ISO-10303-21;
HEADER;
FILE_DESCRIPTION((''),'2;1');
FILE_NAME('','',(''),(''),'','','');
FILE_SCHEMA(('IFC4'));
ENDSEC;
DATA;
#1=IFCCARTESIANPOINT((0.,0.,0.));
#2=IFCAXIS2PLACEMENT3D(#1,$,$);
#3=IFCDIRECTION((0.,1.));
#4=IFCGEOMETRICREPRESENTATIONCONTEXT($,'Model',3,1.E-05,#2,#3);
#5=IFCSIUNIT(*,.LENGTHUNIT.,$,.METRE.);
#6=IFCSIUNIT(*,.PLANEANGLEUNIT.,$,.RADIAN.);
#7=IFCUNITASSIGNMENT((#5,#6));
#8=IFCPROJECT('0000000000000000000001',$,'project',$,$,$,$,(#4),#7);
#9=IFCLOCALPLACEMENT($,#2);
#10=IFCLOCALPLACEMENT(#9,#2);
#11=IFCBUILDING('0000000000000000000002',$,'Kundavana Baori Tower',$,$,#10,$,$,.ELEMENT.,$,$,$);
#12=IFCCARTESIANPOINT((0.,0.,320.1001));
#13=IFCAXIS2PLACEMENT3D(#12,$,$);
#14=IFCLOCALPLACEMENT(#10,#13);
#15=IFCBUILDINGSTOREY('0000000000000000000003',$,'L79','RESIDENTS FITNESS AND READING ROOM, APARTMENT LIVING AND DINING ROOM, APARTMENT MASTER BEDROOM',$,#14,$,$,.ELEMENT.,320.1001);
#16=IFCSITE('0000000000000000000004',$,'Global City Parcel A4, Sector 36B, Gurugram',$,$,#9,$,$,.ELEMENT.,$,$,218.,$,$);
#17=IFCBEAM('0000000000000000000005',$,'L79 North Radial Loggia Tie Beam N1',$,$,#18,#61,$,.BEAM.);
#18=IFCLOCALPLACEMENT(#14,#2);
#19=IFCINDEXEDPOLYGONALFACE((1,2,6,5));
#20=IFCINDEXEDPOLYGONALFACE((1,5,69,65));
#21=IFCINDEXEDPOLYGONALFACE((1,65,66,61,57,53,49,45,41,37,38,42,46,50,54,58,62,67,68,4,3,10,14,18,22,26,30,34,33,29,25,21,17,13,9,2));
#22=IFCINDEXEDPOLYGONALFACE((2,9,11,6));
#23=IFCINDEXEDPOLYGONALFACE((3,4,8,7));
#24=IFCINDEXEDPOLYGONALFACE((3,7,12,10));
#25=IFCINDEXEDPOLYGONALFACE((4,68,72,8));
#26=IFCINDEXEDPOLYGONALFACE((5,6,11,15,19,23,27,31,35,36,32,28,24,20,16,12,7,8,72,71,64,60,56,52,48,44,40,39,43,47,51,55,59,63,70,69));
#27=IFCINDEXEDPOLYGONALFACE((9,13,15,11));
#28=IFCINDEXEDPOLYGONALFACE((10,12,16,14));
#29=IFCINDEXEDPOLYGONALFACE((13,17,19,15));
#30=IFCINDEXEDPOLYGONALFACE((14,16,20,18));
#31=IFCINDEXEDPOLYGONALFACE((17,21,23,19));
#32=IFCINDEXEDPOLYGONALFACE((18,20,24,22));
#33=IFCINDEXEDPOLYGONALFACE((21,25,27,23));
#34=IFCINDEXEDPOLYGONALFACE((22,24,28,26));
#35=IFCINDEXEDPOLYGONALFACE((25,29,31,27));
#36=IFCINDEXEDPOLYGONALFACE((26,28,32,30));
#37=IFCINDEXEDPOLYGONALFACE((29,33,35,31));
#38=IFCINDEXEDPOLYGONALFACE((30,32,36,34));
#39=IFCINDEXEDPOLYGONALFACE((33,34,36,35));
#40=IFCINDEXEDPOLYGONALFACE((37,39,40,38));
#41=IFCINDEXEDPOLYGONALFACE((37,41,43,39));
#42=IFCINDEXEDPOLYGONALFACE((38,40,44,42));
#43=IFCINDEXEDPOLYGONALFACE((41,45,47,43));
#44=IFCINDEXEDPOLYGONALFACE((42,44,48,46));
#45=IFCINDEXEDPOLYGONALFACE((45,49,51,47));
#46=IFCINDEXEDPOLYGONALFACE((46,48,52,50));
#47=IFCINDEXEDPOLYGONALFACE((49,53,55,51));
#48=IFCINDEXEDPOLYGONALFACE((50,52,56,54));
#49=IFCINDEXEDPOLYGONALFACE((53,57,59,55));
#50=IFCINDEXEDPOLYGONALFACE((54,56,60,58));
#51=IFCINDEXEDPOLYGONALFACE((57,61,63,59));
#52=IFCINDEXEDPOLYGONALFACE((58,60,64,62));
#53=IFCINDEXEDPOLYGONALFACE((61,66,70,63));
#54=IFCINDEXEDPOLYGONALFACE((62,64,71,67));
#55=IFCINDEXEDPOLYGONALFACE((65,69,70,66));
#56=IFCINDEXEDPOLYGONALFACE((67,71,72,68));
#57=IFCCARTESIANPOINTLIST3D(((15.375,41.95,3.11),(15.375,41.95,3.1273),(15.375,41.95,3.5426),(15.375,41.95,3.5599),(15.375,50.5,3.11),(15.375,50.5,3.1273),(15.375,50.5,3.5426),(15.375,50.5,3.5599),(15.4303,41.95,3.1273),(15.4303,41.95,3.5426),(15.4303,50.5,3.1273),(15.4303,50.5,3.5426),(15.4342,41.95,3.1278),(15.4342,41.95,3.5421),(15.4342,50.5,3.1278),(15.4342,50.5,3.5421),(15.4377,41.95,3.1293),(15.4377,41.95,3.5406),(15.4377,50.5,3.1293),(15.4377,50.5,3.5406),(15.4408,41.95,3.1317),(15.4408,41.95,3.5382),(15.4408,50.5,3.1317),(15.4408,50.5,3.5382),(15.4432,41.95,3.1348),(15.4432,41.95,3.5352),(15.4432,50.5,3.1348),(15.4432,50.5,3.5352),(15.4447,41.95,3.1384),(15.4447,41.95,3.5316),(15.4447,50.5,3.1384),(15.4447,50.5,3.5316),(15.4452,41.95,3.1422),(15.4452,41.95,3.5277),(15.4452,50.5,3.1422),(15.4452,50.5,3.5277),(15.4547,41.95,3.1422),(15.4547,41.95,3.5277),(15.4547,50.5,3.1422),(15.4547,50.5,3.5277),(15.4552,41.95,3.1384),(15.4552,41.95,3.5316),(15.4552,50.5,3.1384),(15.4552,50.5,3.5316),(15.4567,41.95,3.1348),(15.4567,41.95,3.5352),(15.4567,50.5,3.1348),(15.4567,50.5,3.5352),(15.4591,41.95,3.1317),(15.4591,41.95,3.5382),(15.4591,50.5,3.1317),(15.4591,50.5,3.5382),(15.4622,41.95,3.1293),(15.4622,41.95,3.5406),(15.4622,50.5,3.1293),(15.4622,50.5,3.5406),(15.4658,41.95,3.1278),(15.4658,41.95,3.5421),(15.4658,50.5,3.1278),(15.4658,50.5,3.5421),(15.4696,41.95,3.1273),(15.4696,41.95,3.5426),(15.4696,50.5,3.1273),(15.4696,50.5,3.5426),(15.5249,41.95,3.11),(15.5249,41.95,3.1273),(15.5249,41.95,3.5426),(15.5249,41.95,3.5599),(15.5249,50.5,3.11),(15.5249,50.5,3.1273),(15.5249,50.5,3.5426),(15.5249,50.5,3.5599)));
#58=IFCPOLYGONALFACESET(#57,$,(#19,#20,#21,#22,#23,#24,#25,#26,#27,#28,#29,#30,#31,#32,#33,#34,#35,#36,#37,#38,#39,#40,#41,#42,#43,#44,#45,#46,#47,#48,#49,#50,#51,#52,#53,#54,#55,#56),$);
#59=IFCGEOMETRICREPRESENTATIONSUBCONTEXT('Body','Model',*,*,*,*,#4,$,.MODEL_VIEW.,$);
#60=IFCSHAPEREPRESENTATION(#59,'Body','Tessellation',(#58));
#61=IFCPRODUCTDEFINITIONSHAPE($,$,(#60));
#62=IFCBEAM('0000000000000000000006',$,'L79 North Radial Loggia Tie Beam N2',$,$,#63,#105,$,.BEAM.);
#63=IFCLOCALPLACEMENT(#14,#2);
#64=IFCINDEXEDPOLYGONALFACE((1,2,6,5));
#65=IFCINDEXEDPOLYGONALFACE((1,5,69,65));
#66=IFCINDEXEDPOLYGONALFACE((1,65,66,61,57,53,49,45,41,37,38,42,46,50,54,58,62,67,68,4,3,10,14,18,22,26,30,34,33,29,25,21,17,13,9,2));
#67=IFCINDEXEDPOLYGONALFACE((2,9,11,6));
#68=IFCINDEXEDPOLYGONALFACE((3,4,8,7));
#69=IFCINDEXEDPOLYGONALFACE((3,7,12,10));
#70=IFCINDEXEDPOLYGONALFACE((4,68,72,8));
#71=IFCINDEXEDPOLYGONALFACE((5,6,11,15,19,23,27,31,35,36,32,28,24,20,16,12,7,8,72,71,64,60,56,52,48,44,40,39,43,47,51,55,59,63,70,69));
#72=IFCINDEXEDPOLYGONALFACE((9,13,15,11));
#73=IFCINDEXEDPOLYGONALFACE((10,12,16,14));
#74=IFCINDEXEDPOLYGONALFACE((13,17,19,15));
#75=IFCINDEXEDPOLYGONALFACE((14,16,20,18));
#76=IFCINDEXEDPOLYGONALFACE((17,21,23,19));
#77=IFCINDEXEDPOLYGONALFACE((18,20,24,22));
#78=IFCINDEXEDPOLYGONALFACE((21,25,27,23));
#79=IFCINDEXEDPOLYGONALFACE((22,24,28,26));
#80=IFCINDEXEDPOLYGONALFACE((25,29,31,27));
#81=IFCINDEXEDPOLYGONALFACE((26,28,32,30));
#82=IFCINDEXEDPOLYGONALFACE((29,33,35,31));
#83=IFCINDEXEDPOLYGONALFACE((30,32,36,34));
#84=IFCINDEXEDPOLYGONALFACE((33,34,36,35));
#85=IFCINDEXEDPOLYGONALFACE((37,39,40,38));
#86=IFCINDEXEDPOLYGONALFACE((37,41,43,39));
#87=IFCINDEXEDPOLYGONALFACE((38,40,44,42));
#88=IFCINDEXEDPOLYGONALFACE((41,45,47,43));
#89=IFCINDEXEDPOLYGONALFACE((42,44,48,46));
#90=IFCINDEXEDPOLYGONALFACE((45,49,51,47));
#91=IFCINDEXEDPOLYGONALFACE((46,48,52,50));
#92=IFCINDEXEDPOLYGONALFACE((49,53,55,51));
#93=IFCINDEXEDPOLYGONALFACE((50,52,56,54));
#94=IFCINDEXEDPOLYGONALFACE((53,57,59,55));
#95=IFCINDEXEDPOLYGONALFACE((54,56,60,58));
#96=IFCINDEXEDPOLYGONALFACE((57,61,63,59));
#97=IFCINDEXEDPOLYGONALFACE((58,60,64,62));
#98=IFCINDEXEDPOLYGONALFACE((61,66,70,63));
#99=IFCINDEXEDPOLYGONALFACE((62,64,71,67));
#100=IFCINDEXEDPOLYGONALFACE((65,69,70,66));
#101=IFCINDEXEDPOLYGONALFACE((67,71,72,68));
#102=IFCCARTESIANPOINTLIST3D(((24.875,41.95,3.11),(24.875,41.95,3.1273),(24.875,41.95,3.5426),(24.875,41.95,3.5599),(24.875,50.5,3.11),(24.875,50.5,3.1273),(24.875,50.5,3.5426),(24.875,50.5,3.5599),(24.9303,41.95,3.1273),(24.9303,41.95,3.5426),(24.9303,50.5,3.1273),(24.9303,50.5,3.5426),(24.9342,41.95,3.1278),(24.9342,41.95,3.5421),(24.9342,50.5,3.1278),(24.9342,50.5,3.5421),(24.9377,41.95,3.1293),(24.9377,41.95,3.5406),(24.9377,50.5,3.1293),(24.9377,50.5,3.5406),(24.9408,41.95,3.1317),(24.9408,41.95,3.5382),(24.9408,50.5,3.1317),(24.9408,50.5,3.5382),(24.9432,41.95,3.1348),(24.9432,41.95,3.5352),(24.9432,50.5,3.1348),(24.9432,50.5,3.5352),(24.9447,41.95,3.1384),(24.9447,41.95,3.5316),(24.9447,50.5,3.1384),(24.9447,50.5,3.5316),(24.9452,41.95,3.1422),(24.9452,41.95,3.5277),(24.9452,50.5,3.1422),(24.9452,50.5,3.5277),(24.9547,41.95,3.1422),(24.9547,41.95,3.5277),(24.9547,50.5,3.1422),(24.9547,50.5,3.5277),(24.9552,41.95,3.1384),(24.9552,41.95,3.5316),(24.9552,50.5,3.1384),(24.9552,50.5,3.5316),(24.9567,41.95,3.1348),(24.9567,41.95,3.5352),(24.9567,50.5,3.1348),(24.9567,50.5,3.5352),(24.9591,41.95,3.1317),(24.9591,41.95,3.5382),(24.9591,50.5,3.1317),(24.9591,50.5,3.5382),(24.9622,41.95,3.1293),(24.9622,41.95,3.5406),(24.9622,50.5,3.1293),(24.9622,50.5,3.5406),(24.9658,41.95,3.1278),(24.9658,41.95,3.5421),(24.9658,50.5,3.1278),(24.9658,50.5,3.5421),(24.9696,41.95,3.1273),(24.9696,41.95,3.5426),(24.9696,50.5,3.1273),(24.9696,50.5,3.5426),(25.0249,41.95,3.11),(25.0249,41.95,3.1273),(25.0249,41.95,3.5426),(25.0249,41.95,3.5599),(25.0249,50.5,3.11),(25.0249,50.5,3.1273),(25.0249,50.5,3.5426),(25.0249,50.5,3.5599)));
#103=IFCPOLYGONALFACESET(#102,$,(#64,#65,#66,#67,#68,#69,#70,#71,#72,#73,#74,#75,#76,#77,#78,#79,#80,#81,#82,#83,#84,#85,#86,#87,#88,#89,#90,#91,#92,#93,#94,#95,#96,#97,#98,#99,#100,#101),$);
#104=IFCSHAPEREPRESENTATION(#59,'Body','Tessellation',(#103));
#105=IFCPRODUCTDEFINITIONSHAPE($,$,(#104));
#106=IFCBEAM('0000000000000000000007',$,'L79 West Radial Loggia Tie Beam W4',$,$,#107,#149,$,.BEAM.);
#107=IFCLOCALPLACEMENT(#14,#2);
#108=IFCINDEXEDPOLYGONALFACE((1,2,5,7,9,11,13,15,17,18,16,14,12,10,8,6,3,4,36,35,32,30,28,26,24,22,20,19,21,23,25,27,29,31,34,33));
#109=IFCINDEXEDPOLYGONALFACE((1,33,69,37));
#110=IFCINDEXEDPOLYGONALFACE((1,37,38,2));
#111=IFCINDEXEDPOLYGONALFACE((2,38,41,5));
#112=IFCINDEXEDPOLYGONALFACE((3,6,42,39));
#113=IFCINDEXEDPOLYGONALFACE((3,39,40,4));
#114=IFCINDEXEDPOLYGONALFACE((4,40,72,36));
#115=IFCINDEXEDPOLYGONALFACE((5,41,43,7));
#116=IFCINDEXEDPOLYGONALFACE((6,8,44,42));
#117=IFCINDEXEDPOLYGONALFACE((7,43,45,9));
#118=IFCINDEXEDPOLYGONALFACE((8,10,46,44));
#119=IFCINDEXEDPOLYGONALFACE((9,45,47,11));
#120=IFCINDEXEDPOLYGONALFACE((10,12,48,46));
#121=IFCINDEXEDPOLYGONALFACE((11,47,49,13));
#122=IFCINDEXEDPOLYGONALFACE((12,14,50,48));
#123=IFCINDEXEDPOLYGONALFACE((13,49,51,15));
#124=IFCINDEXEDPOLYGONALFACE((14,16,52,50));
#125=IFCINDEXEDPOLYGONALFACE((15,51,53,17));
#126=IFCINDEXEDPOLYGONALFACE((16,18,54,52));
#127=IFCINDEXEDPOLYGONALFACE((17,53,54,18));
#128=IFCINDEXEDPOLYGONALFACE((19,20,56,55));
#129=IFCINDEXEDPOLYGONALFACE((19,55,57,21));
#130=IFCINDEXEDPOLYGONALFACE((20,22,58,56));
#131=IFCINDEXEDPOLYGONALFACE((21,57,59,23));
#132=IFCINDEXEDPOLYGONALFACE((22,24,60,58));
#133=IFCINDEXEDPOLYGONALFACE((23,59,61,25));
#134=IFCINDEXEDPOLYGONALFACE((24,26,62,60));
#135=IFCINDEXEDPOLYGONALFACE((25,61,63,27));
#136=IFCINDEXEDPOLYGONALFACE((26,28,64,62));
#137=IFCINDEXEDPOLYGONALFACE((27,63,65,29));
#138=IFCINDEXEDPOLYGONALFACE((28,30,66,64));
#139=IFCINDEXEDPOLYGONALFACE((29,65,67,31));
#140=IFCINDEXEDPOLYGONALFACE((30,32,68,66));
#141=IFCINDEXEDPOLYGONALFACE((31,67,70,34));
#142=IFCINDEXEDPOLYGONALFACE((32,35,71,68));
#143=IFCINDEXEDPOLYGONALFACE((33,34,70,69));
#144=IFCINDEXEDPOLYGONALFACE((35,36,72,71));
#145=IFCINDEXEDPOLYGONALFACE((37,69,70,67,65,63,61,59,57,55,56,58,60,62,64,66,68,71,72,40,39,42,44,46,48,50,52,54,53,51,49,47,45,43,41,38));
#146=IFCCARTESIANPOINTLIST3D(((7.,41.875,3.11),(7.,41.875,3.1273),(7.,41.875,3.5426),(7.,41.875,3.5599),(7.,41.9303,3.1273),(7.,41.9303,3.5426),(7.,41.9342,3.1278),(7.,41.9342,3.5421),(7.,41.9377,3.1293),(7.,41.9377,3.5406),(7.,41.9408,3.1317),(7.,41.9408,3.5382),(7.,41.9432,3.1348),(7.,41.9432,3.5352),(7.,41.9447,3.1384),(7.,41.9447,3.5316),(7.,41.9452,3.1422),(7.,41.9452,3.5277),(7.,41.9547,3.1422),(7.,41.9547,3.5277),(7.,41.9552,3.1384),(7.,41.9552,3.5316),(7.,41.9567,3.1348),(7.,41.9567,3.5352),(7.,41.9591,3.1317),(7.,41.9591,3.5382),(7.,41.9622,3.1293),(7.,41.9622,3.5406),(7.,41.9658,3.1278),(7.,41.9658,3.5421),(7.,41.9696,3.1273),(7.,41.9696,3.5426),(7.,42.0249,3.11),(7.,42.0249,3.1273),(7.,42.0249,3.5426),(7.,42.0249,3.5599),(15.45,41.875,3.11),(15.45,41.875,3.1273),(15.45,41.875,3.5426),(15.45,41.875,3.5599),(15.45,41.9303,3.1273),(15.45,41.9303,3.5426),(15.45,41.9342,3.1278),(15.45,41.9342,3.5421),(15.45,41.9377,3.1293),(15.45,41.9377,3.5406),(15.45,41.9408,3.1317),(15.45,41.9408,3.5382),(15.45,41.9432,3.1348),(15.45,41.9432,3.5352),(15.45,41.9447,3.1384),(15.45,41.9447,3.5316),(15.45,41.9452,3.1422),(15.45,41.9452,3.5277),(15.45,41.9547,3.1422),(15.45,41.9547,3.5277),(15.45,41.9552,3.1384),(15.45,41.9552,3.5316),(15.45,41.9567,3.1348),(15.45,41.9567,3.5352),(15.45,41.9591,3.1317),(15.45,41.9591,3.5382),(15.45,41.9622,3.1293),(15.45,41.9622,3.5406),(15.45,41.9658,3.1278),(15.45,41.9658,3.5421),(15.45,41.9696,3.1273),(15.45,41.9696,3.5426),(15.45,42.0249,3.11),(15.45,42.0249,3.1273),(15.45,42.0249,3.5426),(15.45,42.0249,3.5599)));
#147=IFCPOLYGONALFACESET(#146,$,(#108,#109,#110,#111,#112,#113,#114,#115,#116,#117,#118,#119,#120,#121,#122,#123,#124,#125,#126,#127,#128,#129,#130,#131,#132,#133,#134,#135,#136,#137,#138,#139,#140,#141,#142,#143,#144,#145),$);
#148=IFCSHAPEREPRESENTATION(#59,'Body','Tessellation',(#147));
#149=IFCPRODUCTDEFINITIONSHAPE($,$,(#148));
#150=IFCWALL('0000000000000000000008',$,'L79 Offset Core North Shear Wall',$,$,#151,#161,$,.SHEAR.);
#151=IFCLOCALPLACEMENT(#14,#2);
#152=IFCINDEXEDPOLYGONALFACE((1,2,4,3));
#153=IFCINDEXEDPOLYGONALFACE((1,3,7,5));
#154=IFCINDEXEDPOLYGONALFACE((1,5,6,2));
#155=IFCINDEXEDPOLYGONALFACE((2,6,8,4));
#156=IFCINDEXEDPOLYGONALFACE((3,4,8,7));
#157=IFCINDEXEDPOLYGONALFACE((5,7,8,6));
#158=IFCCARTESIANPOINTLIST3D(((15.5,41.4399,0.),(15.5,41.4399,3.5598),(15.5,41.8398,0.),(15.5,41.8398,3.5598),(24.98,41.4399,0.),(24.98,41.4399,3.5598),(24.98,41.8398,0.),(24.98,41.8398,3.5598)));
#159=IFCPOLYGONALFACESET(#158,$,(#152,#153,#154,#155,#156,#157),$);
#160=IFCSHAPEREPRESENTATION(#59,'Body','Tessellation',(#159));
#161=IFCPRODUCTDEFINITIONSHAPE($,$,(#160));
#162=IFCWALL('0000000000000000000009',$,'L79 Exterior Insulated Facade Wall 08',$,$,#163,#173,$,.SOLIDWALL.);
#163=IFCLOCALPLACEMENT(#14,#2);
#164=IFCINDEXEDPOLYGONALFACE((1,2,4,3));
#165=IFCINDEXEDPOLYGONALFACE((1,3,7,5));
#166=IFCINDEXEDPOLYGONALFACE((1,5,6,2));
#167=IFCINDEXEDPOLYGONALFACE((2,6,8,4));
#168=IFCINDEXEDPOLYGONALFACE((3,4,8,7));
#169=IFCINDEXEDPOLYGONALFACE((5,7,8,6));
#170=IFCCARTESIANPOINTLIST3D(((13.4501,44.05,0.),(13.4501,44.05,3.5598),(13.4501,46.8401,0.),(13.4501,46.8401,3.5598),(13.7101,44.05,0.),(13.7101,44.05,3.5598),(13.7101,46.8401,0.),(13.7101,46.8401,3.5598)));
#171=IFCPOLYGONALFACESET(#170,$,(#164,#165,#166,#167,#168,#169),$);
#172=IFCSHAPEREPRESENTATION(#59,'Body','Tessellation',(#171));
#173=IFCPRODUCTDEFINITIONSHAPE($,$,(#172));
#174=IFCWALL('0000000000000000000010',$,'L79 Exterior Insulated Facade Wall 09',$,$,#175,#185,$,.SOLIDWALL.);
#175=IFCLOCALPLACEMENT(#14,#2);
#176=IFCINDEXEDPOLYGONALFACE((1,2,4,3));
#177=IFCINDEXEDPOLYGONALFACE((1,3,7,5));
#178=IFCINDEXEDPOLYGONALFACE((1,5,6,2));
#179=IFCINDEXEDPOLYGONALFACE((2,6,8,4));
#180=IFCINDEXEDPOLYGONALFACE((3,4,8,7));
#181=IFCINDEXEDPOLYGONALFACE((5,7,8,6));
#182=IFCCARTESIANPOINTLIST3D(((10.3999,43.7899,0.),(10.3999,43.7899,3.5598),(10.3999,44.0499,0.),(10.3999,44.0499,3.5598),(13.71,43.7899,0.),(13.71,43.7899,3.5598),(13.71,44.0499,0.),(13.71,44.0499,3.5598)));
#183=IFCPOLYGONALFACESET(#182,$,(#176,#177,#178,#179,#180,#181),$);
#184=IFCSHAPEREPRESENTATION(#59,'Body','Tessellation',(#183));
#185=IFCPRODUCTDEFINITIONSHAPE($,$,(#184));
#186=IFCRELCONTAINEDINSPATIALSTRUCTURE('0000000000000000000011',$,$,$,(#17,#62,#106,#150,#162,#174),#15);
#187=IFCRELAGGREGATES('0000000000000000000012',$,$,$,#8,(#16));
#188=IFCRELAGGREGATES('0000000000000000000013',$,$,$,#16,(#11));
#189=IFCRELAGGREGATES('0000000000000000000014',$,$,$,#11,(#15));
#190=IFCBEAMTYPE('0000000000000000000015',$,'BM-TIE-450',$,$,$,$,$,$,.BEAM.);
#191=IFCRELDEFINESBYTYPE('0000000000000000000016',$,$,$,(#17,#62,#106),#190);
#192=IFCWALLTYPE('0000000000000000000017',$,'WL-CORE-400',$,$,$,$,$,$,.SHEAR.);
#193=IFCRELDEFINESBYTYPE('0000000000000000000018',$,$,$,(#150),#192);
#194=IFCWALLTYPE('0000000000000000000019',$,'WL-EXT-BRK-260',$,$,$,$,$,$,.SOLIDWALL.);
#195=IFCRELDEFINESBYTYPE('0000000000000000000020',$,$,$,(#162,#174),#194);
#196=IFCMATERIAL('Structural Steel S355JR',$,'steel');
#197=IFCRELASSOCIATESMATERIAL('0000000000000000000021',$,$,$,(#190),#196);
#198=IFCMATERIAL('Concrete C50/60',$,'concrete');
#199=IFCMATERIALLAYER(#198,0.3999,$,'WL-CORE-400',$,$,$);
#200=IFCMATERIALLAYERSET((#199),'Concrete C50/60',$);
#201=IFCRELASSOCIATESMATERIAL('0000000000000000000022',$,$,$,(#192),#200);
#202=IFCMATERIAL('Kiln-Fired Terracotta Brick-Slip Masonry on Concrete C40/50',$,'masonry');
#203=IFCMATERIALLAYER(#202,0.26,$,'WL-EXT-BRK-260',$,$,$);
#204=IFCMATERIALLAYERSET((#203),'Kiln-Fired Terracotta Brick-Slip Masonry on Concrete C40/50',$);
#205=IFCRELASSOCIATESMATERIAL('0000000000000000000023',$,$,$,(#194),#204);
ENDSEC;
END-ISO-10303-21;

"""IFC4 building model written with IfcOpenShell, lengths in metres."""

from ifc_helpers import new_model, si_unit, direction, frame, frame_2d, origin, origin_2d, place, context, subcontext, project, spatial, rectangle, i_section, extrude, material, layer, layer_set, material_profile, profile_set, type_object, element, save


model = new_model("IFC4")

# Units and contexts
model_context = context("Model", 3, precision=1e-05, world=origin(), true_north=direction((0.0, 1.0)))
body_context = subcontext(model_context, "Body", "Model", "MODEL_VIEW")
ifc_project = project(units=[si_unit("LENGTHUNIT", "METRE"), si_unit("PLANEANGLEUNIT", "RADIAN")], contexts=[model_context])

# Site, building, storey
site_placement = place(None, origin())
site = spatial("IfcSite", under=ifc_project, at=site_placement, Name="Global City Parcel A4, Sector 36B, Gurugram", CompositionType="ELEMENT", RefElevation=218.0)
building_placement = place(site_placement, origin())
building = spatial("IfcBuilding", under=site, at=building_placement, Name="Kundavana Baori Tower", CompositionType="ELEMENT")
storey_placement = place(building_placement, frame((0.0, 0.0, 320.1001)))
storey = spatial("IfcBuildingStorey", under=building, at=storey_placement, Name="L79", Description="RESIDENTS FITNESS AND READING ROOM, APARTMENT LIVING AND DINING ROOM, APARTMENT MASTER BEDROOM", CompositionType="ELEMENT", Elevation=320.1001)

# Beams
ifc_material_1 = material(Name="Structural Steel S355JR", Category="steel")
ifc_material_profile_1 = material_profile(ifc_material_1, i_section(OverallWidth=0.1499, OverallDepth=0.45, WebThickness=0.0095, FlangeThickness=0.0173, FilletRadius=0.0149, at=origin_2d()), Name="ISMB 450")
ifc_profile_set_1 = profile_set([ifc_material_profile_1], Name="Structural Steel S355JR")
beam_type_1 = type_object("IfcBeamType", Name="BM-TIE-450", PredefinedType="BEAM", material=ifc_profile_set_1)
for number, where, z_axis, x_axis, name in (
    (1, (15.45, 41.95, 3.335), (0.0, 1.0, 0.0), (-1.0, 0.0, 0.0), "L79 North Radial Loggia Tie Beam N1"),
    (2, (24.95, 41.95, 3.335), (0.0, 1.0, 0.0), (-1.0, 0.0, 0.0), "L79 North Radial Loggia Tie Beam N2"),
):
    element("IfcBeam", number, at=place(storey_placement, frame(where, z_axis=z_axis, x_axis=x_axis)), inside=storey, type_object=beam_type_1, Name=name, PredefinedType="BEAM", context=body_context, shape_type="SweptSolid", body=[
        extrude(i_section(OverallWidth=0.1499, OverallDepth=0.45, WebThickness=0.0095, FlangeThickness=0.0173, FilletRadius=0.0149, at=origin_2d()), origin(), (0.0, 0.0, 1.0), 8.55),
    ])
beam_1_placement = place(storey_placement, frame((15.45, 41.95, 3.335), z_axis=(-1.0, 0.0, 0.0), x_axis=(0.0, -1.0, 0.0)))
element("IfcBeam", 3, at=beam_1_placement, inside=storey, type_object=beam_type_1, Name="L79 West Radial Loggia Tie Beam W4", PredefinedType="BEAM", context=body_context, shape_type="SweptSolid", body=[
    extrude(i_section(OverallWidth=0.1499, OverallDepth=0.45, WebThickness=0.0095, FlangeThickness=0.0173, FilletRadius=0.0149, at=origin_2d()), origin(), (0.0, 0.0, 1.0), 8.45),
])

# Walls
ifc_material_2 = material(Name="Concrete C50/60", Category="concrete")
ifc_layer_1 = layer(ifc_material_2, 0.3999, Name="WL-CORE-400")
ifc_layer_set_1 = layer_set([ifc_layer_1], Name="Concrete C50/60")
wall_type_1 = type_object("IfcWallType", Name="WL-CORE-400", PredefinedType="SHEAR", material=ifc_layer_set_1)
wall_1_placement = place(storey_placement, frame((15.5, 41.6399, 0.0), z_axis=(0.0, 0.0, 1.0), x_axis=(1.0, 0.0, 0.0)))
element("IfcWall", 4, at=wall_1_placement, inside=storey, type_object=wall_type_1, Name="L79 Offset Core North Shear Wall", PredefinedType="SHEAR", context=body_context, shape_type="SweptSolid", body=[
    extrude(rectangle(XDim=9.48, YDim=0.3999, at=frame_2d((4.74, 0.0))), origin(), (0.0, 0.0, 1.0), 3.5598),
])
ifc_material_3 = material(Name="Kiln-Fired Terracotta Brick-Slip Masonry on Concrete C40/50", Category="masonry")
ifc_layer_2 = layer(ifc_material_3, 0.26, Name="WL-EXT-BRK-260")
ifc_layer_set_2 = layer_set([ifc_layer_2], Name="Kiln-Fired Terracotta Brick-Slip Masonry on Concrete C40/50")
wall_type_2 = type_object("IfcWallType", Name="WL-EXT-BRK-260", PredefinedType="SOLIDWALL", material=ifc_layer_set_2)
wall_2_placement = place(storey_placement, frame((13.5801, 46.8401, 0.0), z_axis=(0.0, 0.0, 1.0), x_axis=(0.0, -1.0, 0.0)))
element("IfcWall", 5, at=wall_2_placement, inside=storey, type_object=wall_type_2, Name="L79 Exterior Insulated Facade Wall 08", PredefinedType="SOLIDWALL", context=body_context, shape_type="SweptSolid", body=[
    extrude(rectangle(XDim=2.79, YDim=0.26, at=frame_2d((1.395, 0.0))), origin(), (0.0, 0.0, 1.0), 3.5598),
])
wall_3_placement = place(storey_placement, frame((13.71, 43.9199, 0.0), z_axis=(0.0, 0.0, 1.0), x_axis=(-1.0, 0.0, 0.0)))
element("IfcWall", 6, at=wall_3_placement, inside=storey, type_object=wall_type_2, Name="L79 Exterior Insulated Facade Wall 09", PredefinedType="SOLIDWALL", context=body_context, shape_type="SweptSolid", body=[
    extrude(rectangle(XDim=3.3101, YDim=0.26, at=frame_2d((1.655, 0.0))), origin(), (0.0, 0.0, 1.0), 3.5598),
])

save(model, "model.ifc")
